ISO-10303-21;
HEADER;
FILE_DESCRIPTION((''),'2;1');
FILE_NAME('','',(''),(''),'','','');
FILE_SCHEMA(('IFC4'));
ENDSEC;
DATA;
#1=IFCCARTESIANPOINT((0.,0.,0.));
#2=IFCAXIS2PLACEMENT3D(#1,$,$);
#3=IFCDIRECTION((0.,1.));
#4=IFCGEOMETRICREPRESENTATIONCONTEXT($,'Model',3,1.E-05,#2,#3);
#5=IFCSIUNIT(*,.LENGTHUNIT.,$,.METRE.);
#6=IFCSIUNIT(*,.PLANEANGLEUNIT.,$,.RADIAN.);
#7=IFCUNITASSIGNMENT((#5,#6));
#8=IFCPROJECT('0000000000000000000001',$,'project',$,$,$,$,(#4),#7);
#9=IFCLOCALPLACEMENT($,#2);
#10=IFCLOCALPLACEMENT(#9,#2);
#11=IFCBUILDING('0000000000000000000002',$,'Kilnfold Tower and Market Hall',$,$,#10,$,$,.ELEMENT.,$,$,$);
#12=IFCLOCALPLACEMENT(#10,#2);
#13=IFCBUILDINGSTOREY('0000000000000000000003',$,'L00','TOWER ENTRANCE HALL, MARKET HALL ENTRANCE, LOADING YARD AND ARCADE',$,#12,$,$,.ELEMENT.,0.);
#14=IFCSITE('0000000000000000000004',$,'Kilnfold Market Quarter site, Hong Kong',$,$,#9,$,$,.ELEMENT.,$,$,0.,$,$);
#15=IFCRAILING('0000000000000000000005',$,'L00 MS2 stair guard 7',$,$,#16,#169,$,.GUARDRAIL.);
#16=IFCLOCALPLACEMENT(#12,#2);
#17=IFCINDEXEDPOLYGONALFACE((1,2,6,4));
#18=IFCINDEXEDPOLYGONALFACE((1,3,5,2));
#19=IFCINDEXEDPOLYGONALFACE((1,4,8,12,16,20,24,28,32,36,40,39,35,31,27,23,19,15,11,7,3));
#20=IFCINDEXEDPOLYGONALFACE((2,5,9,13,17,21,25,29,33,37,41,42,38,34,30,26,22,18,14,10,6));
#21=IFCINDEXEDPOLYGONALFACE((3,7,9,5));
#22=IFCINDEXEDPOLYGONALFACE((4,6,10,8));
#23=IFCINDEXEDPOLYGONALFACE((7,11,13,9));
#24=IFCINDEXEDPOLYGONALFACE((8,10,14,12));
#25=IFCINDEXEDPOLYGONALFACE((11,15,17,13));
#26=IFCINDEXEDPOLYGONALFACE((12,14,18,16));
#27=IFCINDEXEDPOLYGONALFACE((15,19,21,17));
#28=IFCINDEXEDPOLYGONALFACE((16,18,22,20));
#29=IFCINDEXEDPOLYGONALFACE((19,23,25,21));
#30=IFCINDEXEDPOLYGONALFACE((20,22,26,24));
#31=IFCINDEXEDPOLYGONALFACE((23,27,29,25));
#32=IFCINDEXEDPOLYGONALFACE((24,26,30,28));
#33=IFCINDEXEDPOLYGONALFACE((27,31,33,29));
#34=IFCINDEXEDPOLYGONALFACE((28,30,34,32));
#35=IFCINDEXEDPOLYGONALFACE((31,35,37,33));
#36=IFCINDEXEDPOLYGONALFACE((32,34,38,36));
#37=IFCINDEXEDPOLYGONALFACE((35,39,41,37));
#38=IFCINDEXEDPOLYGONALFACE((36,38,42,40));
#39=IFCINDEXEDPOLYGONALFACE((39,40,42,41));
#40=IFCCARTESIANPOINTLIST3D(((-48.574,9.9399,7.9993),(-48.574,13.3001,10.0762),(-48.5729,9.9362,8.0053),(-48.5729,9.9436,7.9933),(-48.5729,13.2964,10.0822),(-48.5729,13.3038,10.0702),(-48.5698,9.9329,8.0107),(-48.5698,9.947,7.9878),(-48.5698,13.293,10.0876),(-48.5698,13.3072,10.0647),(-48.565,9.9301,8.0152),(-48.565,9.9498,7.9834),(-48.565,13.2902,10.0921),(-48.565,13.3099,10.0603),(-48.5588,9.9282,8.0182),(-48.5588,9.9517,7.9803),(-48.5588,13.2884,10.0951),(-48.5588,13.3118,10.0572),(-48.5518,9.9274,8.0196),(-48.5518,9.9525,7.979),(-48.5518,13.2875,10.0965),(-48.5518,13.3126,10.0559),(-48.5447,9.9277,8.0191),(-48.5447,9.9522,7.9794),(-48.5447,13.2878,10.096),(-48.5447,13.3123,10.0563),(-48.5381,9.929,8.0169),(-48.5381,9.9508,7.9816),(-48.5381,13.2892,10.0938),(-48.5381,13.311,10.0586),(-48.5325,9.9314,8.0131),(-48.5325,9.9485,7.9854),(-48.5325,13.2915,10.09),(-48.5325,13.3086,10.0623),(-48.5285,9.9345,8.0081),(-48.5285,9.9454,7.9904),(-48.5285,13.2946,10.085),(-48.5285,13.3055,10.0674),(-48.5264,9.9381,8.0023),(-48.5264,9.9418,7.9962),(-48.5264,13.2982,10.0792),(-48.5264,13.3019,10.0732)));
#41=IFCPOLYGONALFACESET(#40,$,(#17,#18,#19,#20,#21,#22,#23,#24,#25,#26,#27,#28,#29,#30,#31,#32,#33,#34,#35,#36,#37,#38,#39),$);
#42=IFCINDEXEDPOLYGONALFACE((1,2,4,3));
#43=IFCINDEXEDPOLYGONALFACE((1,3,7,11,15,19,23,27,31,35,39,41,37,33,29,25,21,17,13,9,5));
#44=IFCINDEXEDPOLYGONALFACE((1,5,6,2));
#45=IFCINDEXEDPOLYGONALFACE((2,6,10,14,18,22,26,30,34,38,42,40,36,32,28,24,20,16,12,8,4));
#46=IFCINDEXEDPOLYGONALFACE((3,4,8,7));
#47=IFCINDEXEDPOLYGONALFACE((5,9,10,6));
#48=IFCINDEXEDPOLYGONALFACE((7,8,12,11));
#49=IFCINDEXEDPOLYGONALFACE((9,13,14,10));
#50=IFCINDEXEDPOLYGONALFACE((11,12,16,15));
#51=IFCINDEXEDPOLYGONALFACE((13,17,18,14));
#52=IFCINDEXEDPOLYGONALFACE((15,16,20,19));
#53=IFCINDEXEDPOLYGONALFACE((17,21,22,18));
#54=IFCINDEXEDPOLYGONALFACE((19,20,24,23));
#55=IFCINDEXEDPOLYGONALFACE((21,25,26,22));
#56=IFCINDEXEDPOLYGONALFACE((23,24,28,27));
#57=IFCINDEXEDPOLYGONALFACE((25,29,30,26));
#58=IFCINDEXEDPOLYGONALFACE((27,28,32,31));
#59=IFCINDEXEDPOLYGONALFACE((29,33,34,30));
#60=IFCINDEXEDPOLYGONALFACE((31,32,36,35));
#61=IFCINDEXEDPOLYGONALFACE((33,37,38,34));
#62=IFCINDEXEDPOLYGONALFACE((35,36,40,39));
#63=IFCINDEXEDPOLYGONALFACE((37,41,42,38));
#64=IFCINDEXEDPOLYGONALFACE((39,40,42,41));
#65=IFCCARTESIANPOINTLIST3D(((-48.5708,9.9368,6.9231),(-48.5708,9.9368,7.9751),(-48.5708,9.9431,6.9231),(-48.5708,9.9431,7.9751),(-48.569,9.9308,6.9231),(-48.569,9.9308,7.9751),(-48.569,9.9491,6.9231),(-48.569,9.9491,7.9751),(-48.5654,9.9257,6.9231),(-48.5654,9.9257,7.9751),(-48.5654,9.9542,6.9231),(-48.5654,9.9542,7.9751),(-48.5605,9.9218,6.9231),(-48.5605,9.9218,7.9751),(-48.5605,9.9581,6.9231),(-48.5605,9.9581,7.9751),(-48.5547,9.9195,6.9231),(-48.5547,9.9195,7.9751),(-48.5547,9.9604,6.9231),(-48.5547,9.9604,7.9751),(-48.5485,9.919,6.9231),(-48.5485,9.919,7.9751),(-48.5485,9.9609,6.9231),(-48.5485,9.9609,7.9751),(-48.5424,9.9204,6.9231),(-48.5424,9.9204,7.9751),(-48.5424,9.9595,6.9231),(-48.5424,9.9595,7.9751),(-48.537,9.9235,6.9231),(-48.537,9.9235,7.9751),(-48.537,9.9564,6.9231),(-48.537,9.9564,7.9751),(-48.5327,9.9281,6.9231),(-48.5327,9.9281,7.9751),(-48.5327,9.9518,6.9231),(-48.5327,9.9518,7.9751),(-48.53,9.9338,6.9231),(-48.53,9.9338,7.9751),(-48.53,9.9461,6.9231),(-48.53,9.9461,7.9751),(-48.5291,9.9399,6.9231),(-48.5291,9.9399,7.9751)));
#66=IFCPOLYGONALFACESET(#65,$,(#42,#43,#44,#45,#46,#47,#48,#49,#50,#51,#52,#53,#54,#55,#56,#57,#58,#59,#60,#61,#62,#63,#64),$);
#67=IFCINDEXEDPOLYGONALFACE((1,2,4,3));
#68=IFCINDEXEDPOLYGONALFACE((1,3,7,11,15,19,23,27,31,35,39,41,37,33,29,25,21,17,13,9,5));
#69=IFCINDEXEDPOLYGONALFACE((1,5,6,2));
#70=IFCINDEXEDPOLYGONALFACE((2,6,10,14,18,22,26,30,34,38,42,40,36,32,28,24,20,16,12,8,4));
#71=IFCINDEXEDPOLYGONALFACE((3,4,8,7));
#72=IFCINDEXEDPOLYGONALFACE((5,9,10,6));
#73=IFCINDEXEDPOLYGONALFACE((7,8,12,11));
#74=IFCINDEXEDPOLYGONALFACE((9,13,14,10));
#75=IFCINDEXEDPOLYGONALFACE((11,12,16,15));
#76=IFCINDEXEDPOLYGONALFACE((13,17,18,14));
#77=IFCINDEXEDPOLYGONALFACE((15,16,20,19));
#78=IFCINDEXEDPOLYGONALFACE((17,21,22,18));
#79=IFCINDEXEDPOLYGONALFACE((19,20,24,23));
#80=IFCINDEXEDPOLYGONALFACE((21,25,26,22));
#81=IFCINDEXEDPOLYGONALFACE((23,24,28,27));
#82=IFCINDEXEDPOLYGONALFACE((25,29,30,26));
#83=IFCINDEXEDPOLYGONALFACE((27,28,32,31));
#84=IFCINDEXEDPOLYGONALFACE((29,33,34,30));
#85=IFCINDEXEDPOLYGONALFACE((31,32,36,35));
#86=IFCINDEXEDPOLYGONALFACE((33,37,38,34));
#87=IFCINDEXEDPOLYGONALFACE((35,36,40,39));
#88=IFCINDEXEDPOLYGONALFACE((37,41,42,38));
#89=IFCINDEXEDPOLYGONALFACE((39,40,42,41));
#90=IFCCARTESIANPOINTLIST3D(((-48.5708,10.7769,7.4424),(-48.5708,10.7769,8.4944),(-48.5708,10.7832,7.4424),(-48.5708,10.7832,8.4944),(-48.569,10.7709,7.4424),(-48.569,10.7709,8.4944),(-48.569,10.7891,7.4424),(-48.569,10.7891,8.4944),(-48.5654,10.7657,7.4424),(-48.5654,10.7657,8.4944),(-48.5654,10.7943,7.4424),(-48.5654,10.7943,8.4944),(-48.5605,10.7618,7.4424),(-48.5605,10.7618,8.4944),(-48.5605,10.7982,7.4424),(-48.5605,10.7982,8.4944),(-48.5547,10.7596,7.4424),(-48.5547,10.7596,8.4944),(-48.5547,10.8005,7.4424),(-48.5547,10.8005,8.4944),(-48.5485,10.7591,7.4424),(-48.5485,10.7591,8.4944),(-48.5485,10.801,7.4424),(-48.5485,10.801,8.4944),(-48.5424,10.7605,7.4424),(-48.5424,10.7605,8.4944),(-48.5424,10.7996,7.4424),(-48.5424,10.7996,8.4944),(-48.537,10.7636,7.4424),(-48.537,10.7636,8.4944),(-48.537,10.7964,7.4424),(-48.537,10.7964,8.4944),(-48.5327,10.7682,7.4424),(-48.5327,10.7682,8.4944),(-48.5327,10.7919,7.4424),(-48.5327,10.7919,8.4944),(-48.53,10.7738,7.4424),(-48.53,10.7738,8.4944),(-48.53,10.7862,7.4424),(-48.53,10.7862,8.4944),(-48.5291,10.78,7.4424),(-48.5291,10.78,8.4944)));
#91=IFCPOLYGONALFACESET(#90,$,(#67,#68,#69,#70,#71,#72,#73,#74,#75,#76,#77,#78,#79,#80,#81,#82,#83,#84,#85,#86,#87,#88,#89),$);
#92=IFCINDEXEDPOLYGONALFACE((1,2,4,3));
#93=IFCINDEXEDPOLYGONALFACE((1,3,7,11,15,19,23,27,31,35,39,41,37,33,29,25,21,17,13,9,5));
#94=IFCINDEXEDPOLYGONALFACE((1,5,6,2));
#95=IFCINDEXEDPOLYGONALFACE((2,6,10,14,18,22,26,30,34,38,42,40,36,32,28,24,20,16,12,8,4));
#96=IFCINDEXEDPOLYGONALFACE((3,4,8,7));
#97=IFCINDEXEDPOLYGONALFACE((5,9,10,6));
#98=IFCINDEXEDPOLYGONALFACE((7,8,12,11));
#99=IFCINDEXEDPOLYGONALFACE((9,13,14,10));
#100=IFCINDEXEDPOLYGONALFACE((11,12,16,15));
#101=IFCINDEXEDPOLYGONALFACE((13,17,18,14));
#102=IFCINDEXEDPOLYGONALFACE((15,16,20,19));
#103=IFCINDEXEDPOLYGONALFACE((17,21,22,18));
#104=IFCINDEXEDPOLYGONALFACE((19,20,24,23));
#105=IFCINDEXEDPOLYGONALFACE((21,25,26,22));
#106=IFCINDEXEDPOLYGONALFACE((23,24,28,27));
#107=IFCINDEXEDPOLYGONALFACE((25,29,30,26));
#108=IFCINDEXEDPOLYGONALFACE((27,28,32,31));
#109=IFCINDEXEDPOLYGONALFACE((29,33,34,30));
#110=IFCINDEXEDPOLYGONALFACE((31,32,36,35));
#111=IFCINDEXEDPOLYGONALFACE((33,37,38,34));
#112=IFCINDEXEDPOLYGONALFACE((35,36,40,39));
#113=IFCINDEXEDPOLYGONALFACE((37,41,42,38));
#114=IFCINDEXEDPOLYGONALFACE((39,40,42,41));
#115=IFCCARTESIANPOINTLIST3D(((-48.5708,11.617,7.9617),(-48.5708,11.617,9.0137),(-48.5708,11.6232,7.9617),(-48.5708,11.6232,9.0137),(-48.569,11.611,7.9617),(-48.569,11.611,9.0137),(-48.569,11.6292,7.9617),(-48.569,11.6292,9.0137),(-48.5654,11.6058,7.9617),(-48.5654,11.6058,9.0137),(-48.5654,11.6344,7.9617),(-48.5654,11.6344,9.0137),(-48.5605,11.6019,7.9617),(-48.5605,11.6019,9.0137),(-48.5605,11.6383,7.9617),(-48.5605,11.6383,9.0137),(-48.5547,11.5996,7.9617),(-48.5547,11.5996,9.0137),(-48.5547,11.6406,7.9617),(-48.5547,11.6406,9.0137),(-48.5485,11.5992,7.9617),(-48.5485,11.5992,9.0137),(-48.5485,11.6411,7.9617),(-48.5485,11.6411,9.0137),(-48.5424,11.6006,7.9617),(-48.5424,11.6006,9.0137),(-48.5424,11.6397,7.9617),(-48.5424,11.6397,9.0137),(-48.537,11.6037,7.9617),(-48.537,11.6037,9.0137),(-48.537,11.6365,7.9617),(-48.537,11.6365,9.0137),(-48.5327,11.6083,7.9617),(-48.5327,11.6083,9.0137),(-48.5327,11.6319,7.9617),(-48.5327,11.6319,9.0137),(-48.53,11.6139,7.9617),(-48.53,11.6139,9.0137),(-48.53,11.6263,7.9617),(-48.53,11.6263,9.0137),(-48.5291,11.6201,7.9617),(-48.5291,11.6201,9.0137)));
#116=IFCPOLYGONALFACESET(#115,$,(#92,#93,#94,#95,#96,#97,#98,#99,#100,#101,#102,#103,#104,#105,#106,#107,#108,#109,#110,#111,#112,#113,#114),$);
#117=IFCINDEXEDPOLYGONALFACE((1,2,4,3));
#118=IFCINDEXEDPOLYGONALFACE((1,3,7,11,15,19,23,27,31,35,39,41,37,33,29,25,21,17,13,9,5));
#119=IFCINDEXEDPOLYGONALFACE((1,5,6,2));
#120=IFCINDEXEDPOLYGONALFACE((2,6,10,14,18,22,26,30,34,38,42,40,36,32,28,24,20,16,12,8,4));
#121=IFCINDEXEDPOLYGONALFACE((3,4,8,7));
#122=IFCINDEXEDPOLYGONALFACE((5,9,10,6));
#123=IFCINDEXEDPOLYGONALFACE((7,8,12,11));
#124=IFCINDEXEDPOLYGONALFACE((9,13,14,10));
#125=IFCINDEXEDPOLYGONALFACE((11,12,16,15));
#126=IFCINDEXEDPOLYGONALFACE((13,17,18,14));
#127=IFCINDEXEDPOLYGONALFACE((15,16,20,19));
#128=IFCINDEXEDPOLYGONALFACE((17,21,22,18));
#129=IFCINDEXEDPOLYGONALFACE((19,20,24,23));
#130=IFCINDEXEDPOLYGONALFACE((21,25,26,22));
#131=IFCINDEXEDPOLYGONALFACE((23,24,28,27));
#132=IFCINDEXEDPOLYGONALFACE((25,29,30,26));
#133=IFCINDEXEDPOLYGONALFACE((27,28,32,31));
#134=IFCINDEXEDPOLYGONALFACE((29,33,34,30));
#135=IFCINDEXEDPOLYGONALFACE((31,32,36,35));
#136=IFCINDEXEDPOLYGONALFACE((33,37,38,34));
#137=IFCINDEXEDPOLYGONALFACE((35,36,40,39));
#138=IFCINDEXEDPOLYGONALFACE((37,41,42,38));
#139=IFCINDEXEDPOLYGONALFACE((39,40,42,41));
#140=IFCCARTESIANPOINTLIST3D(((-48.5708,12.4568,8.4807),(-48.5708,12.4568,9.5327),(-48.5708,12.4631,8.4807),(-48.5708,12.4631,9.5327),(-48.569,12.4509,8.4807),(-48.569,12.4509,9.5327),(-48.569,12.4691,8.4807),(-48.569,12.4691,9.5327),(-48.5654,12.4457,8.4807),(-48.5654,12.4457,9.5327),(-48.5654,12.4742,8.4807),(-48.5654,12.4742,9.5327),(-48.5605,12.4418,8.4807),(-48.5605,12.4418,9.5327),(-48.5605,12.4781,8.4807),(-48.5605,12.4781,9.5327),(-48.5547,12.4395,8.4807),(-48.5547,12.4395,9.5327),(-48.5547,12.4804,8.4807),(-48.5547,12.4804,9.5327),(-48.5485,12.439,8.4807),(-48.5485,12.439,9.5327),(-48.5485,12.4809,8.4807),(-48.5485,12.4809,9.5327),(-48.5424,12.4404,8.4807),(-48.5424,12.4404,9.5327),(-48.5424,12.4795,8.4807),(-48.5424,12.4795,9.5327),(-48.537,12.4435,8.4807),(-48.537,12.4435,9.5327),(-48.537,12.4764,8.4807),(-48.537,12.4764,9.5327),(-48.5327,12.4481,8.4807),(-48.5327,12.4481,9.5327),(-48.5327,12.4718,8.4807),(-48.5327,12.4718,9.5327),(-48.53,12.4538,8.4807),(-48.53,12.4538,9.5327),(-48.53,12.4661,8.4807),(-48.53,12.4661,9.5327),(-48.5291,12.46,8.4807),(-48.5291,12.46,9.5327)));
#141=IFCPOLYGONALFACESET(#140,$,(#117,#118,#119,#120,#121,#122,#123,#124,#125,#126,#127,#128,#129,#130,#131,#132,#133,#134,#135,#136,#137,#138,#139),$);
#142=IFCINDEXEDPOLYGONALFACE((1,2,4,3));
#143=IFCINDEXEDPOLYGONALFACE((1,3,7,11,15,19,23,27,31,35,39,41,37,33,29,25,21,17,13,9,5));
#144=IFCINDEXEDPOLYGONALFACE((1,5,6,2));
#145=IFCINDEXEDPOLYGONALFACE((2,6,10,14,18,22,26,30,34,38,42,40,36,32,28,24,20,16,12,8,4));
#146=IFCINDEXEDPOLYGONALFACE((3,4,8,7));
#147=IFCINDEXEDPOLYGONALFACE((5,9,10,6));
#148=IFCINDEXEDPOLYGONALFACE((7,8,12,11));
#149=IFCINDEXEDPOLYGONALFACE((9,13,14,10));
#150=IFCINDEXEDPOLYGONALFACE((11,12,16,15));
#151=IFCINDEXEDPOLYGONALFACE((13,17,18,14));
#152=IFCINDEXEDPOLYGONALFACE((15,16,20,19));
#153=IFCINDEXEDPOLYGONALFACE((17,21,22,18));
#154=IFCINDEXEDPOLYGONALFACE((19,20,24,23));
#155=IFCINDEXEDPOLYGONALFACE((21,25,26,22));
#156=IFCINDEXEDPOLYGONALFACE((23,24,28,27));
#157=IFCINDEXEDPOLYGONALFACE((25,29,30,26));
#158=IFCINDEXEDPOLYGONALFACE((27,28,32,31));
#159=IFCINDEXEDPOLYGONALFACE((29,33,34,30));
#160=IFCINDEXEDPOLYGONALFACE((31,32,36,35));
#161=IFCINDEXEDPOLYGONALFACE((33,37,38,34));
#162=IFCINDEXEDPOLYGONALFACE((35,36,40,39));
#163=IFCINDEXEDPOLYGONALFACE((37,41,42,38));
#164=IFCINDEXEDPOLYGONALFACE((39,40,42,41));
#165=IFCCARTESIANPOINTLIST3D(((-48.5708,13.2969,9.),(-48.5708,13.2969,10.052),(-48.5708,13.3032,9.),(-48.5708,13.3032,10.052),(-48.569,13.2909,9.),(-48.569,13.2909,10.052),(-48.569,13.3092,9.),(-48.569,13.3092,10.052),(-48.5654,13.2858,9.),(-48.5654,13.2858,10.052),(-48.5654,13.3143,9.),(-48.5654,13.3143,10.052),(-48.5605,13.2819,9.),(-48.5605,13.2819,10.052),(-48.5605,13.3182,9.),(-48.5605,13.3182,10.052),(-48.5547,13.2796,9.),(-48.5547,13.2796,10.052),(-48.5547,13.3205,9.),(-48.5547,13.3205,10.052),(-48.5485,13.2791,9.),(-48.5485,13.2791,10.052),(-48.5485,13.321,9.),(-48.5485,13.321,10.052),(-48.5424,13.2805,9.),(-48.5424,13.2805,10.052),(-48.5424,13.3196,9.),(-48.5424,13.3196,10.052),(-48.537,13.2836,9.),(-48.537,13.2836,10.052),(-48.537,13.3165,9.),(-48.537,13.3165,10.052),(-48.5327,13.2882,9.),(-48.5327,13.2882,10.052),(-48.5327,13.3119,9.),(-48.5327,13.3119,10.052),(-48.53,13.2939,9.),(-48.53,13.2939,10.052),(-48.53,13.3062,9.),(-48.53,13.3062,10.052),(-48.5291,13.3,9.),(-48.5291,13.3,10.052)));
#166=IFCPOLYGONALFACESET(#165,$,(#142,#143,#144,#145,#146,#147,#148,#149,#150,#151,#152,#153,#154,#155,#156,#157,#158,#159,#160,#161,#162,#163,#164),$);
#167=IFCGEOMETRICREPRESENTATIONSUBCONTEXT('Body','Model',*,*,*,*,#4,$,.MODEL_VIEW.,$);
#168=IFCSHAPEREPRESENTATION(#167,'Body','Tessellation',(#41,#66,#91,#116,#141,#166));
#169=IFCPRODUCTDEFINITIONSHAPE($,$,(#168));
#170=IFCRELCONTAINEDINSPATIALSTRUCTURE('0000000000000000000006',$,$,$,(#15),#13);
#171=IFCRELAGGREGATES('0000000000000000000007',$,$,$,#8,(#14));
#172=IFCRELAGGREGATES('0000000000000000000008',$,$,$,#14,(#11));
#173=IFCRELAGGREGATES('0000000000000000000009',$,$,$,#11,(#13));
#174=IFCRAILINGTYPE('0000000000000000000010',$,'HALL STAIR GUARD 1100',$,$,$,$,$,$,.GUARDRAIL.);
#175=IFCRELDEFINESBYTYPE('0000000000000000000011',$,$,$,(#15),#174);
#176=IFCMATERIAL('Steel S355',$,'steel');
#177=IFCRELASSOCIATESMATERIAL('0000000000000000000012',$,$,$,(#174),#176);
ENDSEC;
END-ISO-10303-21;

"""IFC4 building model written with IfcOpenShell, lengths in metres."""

from ifc_helpers import new_model, si_unit, direction, frame, origin, origin_2d, place, context, subcontext, project, spatial, circle, extrude, material, type_object, element, save


model = new_model("IFC4")

# Units and contexts
model_context = context("Model", 3, precision=1e-05, world=origin(), true_north=direction((0.0, 1.0)))
body_context = subcontext(model_context, "Body", "Model", "MODEL_VIEW")
ifc_project = project(units=[si_unit("LENGTHUNIT", "METRE"), si_unit("PLANEANGLEUNIT", "RADIAN")], contexts=[model_context])

# Site, building, storey
site_placement = place(None, origin())
site = spatial("IfcSite", under=ifc_project, at=site_placement, Name="Kilnfold Market Quarter site, Hong Kong", CompositionType="ELEMENT", RefElevation=0.0)
building_placement = place(site_placement, origin())
building = spatial("IfcBuilding", under=site, at=building_placement, Name="Kilnfold Tower and Market Hall", CompositionType="ELEMENT")
storey_placement = place(building_placement, origin())
storey = spatial("IfcBuildingStorey", under=building, at=storey_placement, Name="L00", Description="TOWER ENTRANCE HALL, MARKET HALL ENTRANCE, LOADING YARD AND ARCADE", CompositionType="ELEMENT", Elevation=0.0)

# Railing
ifc_material_1 = material(Name="Steel S355", Category="steel")
railing_type_1 = type_object("IfcRailingType", Name="HALL STAIR GUARD 1100", PredefinedType="GUARDRAIL", material=ifc_material_1)
railing_1_placement = place(storey_placement, frame((-48.55, 9.9399, 6.9231)))
element("IfcRailing", 1, at=railing_1_placement, inside=storey, type_object=railing_type_1, Name="L00 MS2 stair guard 7", PredefinedType="GUARDRAIL", context=body_context, shape_type="SweptSolid", body=[
    extrude(circle(Radius=0.0239, at=origin_2d()), frame((0.0, 0.0, 1.0762), z_axis=(0.0, 0.850623, 0.525776), x_axis=(-1.0, 0.0, 0.0)), (0.0, 0.0, 1.0), 3.9502),
    extrude(circle(Radius=0.021, at=origin_2d()), origin(), (0.0, 0.0, 1.0), 1.052),
    extrude(circle(Radius=0.021, at=origin_2d()), frame((0.0, 0.8401, 0.5193)), (0.0, 0.0, 1.0), 1.052),
    extrude(circle(Radius=0.021, at=origin_2d()), frame((0.0, 1.6802, 1.0386)), (0.0, 0.0, 1.0), 1.052),
    extrude(circle(Radius=0.021, at=origin_2d()), frame((0.0, 2.52, 1.5576)), (0.0, 0.0, 1.0), 1.052),
    extrude(circle(Radius=0.021, at=origin_2d()), frame((0.0, 3.3601, 2.0769)), (0.0, 0.0, 1.0), 1.052),
])

save(model, "model.ifc")
